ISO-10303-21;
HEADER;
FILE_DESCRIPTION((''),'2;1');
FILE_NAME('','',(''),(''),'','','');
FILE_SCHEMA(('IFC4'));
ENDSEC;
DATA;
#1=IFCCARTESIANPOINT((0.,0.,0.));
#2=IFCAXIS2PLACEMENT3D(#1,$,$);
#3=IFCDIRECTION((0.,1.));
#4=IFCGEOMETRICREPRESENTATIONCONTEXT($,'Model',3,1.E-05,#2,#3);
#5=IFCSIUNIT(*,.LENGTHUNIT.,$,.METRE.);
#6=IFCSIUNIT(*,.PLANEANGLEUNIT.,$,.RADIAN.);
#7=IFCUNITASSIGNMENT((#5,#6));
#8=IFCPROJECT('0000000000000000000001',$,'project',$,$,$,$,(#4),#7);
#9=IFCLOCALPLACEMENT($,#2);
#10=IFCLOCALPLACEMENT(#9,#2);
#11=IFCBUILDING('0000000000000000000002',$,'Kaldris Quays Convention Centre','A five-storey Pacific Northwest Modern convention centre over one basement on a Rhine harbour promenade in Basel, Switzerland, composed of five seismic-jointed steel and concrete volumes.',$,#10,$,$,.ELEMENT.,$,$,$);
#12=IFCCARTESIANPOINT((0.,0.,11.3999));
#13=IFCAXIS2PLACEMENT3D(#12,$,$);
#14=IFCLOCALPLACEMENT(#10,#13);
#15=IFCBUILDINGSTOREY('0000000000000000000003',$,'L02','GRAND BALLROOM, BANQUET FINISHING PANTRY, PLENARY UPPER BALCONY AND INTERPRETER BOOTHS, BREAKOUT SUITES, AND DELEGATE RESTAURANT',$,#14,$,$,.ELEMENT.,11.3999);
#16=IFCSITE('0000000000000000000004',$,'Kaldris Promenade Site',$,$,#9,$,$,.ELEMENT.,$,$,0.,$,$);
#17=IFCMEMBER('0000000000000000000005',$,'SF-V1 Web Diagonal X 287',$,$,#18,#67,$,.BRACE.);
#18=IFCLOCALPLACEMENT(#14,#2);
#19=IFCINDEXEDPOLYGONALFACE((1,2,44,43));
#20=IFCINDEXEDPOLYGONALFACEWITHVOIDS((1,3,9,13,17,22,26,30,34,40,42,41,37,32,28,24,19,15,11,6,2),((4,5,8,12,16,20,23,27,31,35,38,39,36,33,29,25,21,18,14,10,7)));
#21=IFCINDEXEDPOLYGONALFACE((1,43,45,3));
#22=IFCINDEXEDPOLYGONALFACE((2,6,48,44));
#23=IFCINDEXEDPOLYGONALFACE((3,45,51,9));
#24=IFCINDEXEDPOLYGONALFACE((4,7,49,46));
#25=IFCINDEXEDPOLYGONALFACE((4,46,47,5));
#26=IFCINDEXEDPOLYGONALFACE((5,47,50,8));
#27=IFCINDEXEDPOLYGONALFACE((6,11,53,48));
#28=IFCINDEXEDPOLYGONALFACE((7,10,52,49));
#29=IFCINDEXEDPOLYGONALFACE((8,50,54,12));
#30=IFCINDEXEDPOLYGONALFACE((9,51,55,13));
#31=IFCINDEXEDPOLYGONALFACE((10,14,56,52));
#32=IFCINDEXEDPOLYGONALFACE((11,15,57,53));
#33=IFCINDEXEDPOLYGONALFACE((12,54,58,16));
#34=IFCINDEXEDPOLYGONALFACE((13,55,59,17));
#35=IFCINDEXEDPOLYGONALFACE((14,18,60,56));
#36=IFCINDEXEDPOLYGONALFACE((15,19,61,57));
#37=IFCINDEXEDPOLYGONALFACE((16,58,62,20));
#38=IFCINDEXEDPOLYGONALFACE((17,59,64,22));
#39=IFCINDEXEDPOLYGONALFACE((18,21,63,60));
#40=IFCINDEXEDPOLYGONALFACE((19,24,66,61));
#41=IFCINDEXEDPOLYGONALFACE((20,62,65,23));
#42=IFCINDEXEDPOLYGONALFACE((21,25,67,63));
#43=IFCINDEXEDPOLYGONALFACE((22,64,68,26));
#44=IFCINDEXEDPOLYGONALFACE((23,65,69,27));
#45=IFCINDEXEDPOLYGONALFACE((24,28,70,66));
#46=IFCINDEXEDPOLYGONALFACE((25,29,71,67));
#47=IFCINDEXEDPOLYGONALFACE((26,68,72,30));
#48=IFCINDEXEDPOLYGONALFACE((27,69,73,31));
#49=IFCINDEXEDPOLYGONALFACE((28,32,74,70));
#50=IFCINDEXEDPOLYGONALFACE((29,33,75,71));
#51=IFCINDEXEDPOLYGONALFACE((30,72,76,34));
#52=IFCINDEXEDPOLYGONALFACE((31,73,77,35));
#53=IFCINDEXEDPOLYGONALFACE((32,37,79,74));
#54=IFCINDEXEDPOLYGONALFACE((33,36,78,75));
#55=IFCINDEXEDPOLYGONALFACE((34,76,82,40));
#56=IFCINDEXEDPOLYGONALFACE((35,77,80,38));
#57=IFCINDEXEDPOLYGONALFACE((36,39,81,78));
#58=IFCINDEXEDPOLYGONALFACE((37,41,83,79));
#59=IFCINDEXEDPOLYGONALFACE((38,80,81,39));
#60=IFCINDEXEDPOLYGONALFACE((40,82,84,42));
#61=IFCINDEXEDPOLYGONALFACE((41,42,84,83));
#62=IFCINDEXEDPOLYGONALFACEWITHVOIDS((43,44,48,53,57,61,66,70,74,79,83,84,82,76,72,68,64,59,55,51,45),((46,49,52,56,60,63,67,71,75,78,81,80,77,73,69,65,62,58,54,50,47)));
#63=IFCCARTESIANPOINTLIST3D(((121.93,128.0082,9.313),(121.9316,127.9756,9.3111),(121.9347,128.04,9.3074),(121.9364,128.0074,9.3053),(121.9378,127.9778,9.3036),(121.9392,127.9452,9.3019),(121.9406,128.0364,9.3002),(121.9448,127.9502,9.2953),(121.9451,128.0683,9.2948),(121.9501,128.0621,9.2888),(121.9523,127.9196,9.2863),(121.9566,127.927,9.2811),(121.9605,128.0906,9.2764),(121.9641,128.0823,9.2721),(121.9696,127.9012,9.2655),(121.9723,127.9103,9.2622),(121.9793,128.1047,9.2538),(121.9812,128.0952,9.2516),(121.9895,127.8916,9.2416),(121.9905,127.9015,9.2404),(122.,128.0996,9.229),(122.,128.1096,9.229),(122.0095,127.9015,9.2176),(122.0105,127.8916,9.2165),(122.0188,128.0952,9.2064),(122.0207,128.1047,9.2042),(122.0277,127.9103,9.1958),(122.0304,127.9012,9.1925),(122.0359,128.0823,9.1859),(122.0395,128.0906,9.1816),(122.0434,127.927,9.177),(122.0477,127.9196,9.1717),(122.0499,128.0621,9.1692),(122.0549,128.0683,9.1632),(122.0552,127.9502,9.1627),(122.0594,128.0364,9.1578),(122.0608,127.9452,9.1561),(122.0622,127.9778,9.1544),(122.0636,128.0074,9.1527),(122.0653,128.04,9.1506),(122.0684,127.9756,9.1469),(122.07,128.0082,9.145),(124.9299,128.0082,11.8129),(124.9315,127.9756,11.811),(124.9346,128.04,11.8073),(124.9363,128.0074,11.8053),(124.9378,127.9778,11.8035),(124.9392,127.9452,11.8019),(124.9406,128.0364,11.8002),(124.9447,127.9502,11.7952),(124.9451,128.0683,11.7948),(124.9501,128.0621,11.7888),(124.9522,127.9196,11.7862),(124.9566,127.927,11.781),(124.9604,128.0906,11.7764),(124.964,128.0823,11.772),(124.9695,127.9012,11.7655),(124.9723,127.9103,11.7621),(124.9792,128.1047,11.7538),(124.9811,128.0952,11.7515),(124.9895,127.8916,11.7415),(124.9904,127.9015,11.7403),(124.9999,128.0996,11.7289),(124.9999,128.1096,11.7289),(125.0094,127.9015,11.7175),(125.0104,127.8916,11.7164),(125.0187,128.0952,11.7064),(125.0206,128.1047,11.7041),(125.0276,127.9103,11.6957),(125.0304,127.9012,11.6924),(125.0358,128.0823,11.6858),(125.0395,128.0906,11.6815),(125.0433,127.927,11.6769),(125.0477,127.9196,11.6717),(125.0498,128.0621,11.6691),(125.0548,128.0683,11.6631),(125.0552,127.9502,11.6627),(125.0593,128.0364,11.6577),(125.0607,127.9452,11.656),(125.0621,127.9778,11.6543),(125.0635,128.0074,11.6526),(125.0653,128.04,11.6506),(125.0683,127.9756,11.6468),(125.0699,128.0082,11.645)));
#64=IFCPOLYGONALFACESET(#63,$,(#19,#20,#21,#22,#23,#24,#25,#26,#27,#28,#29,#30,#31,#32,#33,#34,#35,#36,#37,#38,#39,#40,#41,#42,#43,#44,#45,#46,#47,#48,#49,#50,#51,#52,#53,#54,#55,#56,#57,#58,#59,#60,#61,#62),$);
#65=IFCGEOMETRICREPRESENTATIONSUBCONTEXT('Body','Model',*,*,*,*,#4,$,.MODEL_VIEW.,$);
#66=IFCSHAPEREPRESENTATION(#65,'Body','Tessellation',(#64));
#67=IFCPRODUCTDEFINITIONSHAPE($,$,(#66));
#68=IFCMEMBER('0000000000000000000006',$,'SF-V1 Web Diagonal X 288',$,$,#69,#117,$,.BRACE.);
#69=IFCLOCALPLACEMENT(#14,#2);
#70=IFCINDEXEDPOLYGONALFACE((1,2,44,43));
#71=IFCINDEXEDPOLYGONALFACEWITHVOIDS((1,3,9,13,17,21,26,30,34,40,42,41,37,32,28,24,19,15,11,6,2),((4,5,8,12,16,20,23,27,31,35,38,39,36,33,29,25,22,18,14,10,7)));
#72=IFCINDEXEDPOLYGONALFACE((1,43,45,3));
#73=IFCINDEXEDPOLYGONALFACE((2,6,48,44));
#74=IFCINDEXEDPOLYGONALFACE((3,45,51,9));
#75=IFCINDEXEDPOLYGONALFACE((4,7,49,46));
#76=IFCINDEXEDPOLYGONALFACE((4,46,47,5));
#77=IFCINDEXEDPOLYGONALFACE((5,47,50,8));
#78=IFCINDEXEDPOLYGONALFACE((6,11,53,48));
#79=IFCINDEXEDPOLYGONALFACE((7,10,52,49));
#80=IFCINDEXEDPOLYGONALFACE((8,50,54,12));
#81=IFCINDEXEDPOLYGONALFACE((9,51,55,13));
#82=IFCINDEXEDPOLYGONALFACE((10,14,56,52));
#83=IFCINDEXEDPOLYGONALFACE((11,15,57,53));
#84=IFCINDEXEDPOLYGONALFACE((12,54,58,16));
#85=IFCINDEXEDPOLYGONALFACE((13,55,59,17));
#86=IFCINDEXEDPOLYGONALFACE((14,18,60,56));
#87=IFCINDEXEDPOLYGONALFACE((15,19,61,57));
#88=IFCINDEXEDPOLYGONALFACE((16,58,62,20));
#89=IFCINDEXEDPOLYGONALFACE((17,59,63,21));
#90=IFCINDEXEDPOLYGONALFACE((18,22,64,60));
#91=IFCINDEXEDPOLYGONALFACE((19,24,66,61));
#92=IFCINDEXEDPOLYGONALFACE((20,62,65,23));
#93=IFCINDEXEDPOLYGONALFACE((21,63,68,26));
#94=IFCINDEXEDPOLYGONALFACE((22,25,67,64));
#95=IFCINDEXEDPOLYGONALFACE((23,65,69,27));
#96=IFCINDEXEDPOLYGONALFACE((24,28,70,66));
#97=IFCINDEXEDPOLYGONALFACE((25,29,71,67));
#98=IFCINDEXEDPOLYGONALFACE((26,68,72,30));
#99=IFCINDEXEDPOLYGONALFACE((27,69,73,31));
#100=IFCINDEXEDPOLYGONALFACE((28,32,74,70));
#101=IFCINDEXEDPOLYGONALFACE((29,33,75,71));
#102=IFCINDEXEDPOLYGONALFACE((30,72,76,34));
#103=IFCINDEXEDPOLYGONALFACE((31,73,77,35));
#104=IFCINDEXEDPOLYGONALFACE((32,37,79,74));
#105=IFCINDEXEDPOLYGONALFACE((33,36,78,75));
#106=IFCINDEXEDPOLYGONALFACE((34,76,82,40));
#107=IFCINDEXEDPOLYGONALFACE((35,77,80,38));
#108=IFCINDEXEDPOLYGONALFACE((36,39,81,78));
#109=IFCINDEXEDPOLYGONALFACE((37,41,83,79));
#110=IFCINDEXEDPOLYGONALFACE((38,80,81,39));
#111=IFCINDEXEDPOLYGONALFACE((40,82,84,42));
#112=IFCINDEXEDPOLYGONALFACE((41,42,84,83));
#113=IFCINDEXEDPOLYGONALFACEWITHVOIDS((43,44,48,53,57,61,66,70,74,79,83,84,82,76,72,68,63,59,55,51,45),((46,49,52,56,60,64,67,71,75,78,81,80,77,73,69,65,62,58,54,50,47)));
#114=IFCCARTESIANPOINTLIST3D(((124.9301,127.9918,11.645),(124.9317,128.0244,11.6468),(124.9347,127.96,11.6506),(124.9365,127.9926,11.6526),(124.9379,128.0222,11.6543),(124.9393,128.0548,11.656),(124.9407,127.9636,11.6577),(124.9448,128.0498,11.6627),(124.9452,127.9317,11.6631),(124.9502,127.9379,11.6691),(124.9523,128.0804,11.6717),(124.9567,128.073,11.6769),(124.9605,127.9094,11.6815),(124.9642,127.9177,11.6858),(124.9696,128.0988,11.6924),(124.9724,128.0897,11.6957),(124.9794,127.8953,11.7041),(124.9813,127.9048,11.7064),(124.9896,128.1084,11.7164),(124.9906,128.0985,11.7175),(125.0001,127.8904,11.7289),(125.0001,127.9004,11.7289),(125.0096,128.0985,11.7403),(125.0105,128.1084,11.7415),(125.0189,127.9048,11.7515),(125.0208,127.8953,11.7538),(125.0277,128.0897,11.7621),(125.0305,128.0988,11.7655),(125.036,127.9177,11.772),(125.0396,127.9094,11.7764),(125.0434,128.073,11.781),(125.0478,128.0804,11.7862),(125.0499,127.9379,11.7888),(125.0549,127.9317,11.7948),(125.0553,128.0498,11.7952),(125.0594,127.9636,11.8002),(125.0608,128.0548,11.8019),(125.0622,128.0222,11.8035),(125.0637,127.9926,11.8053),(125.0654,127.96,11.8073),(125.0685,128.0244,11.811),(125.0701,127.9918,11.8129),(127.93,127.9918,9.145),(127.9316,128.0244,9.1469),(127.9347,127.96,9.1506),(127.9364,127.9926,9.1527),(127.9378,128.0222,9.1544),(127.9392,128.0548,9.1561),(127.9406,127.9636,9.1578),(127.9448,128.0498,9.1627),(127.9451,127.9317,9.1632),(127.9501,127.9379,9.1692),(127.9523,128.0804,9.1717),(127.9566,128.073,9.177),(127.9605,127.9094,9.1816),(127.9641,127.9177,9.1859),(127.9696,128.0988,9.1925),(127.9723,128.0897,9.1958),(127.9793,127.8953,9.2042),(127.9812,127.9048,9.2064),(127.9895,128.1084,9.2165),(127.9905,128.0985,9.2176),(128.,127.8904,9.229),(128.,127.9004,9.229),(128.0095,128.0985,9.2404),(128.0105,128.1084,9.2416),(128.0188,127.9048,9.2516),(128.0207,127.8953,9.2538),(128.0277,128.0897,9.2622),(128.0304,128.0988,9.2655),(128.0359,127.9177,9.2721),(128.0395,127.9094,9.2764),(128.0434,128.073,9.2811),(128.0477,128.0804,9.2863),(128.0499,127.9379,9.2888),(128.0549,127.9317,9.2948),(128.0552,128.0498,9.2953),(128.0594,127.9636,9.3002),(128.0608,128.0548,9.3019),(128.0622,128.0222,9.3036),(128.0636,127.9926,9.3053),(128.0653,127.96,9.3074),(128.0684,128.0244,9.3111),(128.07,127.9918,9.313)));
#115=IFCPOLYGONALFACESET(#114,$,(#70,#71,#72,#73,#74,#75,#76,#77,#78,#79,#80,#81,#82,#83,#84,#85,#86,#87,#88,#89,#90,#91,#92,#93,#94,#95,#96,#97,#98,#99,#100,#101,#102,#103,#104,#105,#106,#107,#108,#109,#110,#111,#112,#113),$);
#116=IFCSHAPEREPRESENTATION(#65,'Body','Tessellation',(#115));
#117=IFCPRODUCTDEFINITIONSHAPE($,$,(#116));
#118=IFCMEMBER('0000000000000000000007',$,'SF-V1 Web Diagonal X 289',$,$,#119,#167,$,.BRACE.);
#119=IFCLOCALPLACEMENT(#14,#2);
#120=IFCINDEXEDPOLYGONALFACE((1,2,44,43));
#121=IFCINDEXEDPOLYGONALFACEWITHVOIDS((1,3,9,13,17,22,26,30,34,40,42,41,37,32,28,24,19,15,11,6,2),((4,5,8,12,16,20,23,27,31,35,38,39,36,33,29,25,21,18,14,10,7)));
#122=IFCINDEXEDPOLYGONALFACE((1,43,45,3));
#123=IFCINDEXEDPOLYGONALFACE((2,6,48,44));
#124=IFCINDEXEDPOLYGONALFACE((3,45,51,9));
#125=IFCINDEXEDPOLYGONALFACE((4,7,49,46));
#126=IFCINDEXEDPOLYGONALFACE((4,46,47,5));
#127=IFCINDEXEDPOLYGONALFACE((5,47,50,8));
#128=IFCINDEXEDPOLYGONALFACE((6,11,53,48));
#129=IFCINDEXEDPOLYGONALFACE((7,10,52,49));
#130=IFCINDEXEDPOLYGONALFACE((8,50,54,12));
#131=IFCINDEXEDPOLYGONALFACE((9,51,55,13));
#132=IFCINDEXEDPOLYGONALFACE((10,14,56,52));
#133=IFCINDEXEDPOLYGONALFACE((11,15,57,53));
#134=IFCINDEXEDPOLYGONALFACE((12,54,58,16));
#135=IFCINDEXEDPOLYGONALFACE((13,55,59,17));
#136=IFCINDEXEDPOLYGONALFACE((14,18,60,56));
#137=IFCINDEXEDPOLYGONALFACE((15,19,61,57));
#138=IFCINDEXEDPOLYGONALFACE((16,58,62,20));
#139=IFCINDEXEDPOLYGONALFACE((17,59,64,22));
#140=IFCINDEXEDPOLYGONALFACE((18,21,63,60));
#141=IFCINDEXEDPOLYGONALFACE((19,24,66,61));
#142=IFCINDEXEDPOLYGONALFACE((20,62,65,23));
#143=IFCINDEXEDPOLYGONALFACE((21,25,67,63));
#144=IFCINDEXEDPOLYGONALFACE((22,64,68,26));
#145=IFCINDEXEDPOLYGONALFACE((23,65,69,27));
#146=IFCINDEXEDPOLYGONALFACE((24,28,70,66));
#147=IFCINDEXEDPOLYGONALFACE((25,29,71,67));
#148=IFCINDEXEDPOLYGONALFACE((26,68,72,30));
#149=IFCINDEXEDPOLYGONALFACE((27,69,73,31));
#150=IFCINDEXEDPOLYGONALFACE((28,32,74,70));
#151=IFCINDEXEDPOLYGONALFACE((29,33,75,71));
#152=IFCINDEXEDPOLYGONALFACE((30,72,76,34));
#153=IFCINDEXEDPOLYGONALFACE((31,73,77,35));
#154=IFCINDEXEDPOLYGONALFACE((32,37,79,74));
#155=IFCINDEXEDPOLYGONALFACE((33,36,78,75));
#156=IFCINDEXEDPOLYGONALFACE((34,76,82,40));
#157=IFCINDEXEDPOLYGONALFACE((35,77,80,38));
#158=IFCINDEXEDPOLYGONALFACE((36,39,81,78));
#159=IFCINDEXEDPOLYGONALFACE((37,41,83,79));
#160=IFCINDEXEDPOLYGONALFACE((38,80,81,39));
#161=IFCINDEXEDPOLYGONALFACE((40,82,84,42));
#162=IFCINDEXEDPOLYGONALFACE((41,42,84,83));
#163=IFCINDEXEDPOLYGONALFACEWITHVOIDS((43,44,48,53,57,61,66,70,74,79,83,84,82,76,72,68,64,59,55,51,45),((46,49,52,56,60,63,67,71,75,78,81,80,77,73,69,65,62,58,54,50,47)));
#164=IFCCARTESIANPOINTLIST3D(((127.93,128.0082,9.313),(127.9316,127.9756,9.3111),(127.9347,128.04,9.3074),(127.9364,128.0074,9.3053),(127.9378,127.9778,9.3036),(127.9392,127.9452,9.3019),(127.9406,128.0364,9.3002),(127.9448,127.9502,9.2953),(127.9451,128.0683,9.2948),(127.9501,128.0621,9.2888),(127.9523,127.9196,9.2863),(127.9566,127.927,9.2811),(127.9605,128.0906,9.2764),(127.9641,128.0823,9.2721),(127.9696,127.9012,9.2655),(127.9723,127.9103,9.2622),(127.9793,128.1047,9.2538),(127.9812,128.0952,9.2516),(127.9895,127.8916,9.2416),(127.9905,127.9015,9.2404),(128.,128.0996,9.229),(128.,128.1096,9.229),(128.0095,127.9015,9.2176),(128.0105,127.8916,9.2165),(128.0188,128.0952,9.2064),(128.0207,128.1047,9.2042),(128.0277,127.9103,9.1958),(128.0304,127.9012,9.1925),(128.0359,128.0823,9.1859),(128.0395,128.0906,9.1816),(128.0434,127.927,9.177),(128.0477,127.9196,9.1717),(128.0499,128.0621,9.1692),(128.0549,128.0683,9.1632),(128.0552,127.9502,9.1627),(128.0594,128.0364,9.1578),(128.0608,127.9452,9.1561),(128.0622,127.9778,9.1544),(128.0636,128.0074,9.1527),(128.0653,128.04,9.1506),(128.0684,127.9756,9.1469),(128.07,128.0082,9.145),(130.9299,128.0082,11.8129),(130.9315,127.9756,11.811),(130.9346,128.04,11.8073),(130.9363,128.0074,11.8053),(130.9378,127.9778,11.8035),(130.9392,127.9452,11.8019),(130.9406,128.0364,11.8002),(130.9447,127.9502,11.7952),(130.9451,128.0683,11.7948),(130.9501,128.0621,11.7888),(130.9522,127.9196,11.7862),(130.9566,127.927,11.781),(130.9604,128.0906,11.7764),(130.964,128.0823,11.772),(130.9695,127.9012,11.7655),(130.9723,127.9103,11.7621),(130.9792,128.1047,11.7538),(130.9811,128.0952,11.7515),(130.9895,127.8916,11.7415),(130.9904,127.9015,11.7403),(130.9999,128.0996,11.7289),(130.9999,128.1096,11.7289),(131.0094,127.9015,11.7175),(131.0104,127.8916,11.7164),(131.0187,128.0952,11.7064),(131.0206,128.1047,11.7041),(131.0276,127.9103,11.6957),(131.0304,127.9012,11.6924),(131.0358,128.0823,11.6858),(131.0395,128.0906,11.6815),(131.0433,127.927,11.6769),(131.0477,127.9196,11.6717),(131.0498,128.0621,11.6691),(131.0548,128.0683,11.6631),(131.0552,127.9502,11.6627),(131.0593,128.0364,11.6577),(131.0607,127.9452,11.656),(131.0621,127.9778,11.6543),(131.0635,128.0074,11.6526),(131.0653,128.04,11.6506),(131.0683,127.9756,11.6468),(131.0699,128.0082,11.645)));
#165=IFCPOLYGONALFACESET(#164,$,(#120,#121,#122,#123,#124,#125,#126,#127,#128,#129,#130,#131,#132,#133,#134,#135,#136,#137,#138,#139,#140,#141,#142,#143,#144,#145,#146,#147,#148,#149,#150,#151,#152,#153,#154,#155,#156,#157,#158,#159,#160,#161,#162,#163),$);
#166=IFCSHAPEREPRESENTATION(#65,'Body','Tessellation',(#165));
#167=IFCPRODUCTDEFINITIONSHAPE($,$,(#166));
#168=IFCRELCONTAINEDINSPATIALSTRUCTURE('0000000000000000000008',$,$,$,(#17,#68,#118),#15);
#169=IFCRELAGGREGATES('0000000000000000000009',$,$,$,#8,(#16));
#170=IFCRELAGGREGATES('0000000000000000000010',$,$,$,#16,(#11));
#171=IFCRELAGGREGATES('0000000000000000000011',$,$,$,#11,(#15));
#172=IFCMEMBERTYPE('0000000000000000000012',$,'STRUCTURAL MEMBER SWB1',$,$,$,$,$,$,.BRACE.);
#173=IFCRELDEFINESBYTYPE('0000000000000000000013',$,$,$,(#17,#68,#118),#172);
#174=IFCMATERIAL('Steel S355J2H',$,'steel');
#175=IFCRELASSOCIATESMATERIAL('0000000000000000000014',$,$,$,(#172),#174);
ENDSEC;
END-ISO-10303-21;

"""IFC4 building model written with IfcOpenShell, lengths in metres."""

from ifc_helpers import new_model, si_unit, direction, frame, origin, origin_2d, place, context, subcontext, project, spatial, hollow_circle, extrude, material, material_profile, profile_set, type_object, element, save


model = new_model("IFC4")

# Units and contexts
model_context = context("Model", 3, precision=1e-05, world=origin(), true_north=direction((0.0, 1.0)))
body_context = subcontext(model_context, "Body", "Model", "MODEL_VIEW")
ifc_project = project(units=[si_unit("LENGTHUNIT", "METRE"), si_unit("PLANEANGLEUNIT", "RADIAN")], contexts=[model_context])

# Site, building, storey
site_placement = place(None, origin())
site = spatial("IfcSite", under=ifc_project, at=site_placement, Name="Kaldris Promenade Site", CompositionType="ELEMENT", RefElevation=0.0)
building_placement = place(site_placement, origin())
building = spatial("IfcBuilding", under=site, at=building_placement, Name="Kaldris Quays Convention Centre", Description="A five-storey Pacific Northwest Modern convention centre over one basement on a Rhine harbour promenade in Basel, Switzerland, composed of five seismic-jointed steel and concrete volumes.", CompositionType="ELEMENT")
storey_placement = place(building_placement, frame((0.0, 0.0, 11.3999)))
storey = spatial("IfcBuildingStorey", under=building, at=storey_placement, Name="L02", Description="GRAND BALLROOM, BANQUET FINISHING PANTRY, PLENARY UPPER BALCONY AND INTERPRETER BOOTHS, BREAKOUT SUITES, AND DELEGATE RESTAURANT", CompositionType="ELEMENT", Elevation=11.3999)

# Members
ifc_material_1 = material(Name="Steel S355J2H", Category="steel")
ifc_material_profile_1 = material_profile(ifc_material_1, hollow_circle(Radius=0.1096, WallThickness=0.01, at=origin_2d()), Name="CHS 219.1x10")
ifc_profile_set_1 = profile_set([ifc_material_profile_1], Name="Steel S355J2H")
member_type_1 = type_object("IfcMemberType", Name="STRUCTURAL MEMBER SWB1", PredefinedType="BRACE", material=ifc_profile_set_1)
for number, where, z_axis, x_axis, name in (
    (1, (122.0, 128.0, 9.229), (0.768221, 0.0, 0.640184), (0.0, 1.0, 0.0), "SF-V1 Web Diagonal X 287"),
    (2, (128.0, 128.0, 9.229), (-0.768221, 0.0, 0.640184), (0.0, -1.0, 0.0), "SF-V1 Web Diagonal X 288"),
    (3, (128.0, 128.0, 9.229), (0.768221, 0.0, 0.640184), (0.0, 1.0, 0.0), "SF-V1 Web Diagonal X 289"),
):
    element("IfcMember", number, at=place(storey_placement, frame(where, z_axis=z_axis, x_axis=x_axis)), inside=storey, type_object=member_type_1, Name=name, PredefinedType="BRACE", context=body_context, shape_type="SweptSolid", body=[
        extrude(hollow_circle(Radius=0.1096, WallThickness=0.01, at=origin_2d()), origin(), (0.0, 0.0, 1.0), 3.905),
    ])

save(model, "model.ifc")
